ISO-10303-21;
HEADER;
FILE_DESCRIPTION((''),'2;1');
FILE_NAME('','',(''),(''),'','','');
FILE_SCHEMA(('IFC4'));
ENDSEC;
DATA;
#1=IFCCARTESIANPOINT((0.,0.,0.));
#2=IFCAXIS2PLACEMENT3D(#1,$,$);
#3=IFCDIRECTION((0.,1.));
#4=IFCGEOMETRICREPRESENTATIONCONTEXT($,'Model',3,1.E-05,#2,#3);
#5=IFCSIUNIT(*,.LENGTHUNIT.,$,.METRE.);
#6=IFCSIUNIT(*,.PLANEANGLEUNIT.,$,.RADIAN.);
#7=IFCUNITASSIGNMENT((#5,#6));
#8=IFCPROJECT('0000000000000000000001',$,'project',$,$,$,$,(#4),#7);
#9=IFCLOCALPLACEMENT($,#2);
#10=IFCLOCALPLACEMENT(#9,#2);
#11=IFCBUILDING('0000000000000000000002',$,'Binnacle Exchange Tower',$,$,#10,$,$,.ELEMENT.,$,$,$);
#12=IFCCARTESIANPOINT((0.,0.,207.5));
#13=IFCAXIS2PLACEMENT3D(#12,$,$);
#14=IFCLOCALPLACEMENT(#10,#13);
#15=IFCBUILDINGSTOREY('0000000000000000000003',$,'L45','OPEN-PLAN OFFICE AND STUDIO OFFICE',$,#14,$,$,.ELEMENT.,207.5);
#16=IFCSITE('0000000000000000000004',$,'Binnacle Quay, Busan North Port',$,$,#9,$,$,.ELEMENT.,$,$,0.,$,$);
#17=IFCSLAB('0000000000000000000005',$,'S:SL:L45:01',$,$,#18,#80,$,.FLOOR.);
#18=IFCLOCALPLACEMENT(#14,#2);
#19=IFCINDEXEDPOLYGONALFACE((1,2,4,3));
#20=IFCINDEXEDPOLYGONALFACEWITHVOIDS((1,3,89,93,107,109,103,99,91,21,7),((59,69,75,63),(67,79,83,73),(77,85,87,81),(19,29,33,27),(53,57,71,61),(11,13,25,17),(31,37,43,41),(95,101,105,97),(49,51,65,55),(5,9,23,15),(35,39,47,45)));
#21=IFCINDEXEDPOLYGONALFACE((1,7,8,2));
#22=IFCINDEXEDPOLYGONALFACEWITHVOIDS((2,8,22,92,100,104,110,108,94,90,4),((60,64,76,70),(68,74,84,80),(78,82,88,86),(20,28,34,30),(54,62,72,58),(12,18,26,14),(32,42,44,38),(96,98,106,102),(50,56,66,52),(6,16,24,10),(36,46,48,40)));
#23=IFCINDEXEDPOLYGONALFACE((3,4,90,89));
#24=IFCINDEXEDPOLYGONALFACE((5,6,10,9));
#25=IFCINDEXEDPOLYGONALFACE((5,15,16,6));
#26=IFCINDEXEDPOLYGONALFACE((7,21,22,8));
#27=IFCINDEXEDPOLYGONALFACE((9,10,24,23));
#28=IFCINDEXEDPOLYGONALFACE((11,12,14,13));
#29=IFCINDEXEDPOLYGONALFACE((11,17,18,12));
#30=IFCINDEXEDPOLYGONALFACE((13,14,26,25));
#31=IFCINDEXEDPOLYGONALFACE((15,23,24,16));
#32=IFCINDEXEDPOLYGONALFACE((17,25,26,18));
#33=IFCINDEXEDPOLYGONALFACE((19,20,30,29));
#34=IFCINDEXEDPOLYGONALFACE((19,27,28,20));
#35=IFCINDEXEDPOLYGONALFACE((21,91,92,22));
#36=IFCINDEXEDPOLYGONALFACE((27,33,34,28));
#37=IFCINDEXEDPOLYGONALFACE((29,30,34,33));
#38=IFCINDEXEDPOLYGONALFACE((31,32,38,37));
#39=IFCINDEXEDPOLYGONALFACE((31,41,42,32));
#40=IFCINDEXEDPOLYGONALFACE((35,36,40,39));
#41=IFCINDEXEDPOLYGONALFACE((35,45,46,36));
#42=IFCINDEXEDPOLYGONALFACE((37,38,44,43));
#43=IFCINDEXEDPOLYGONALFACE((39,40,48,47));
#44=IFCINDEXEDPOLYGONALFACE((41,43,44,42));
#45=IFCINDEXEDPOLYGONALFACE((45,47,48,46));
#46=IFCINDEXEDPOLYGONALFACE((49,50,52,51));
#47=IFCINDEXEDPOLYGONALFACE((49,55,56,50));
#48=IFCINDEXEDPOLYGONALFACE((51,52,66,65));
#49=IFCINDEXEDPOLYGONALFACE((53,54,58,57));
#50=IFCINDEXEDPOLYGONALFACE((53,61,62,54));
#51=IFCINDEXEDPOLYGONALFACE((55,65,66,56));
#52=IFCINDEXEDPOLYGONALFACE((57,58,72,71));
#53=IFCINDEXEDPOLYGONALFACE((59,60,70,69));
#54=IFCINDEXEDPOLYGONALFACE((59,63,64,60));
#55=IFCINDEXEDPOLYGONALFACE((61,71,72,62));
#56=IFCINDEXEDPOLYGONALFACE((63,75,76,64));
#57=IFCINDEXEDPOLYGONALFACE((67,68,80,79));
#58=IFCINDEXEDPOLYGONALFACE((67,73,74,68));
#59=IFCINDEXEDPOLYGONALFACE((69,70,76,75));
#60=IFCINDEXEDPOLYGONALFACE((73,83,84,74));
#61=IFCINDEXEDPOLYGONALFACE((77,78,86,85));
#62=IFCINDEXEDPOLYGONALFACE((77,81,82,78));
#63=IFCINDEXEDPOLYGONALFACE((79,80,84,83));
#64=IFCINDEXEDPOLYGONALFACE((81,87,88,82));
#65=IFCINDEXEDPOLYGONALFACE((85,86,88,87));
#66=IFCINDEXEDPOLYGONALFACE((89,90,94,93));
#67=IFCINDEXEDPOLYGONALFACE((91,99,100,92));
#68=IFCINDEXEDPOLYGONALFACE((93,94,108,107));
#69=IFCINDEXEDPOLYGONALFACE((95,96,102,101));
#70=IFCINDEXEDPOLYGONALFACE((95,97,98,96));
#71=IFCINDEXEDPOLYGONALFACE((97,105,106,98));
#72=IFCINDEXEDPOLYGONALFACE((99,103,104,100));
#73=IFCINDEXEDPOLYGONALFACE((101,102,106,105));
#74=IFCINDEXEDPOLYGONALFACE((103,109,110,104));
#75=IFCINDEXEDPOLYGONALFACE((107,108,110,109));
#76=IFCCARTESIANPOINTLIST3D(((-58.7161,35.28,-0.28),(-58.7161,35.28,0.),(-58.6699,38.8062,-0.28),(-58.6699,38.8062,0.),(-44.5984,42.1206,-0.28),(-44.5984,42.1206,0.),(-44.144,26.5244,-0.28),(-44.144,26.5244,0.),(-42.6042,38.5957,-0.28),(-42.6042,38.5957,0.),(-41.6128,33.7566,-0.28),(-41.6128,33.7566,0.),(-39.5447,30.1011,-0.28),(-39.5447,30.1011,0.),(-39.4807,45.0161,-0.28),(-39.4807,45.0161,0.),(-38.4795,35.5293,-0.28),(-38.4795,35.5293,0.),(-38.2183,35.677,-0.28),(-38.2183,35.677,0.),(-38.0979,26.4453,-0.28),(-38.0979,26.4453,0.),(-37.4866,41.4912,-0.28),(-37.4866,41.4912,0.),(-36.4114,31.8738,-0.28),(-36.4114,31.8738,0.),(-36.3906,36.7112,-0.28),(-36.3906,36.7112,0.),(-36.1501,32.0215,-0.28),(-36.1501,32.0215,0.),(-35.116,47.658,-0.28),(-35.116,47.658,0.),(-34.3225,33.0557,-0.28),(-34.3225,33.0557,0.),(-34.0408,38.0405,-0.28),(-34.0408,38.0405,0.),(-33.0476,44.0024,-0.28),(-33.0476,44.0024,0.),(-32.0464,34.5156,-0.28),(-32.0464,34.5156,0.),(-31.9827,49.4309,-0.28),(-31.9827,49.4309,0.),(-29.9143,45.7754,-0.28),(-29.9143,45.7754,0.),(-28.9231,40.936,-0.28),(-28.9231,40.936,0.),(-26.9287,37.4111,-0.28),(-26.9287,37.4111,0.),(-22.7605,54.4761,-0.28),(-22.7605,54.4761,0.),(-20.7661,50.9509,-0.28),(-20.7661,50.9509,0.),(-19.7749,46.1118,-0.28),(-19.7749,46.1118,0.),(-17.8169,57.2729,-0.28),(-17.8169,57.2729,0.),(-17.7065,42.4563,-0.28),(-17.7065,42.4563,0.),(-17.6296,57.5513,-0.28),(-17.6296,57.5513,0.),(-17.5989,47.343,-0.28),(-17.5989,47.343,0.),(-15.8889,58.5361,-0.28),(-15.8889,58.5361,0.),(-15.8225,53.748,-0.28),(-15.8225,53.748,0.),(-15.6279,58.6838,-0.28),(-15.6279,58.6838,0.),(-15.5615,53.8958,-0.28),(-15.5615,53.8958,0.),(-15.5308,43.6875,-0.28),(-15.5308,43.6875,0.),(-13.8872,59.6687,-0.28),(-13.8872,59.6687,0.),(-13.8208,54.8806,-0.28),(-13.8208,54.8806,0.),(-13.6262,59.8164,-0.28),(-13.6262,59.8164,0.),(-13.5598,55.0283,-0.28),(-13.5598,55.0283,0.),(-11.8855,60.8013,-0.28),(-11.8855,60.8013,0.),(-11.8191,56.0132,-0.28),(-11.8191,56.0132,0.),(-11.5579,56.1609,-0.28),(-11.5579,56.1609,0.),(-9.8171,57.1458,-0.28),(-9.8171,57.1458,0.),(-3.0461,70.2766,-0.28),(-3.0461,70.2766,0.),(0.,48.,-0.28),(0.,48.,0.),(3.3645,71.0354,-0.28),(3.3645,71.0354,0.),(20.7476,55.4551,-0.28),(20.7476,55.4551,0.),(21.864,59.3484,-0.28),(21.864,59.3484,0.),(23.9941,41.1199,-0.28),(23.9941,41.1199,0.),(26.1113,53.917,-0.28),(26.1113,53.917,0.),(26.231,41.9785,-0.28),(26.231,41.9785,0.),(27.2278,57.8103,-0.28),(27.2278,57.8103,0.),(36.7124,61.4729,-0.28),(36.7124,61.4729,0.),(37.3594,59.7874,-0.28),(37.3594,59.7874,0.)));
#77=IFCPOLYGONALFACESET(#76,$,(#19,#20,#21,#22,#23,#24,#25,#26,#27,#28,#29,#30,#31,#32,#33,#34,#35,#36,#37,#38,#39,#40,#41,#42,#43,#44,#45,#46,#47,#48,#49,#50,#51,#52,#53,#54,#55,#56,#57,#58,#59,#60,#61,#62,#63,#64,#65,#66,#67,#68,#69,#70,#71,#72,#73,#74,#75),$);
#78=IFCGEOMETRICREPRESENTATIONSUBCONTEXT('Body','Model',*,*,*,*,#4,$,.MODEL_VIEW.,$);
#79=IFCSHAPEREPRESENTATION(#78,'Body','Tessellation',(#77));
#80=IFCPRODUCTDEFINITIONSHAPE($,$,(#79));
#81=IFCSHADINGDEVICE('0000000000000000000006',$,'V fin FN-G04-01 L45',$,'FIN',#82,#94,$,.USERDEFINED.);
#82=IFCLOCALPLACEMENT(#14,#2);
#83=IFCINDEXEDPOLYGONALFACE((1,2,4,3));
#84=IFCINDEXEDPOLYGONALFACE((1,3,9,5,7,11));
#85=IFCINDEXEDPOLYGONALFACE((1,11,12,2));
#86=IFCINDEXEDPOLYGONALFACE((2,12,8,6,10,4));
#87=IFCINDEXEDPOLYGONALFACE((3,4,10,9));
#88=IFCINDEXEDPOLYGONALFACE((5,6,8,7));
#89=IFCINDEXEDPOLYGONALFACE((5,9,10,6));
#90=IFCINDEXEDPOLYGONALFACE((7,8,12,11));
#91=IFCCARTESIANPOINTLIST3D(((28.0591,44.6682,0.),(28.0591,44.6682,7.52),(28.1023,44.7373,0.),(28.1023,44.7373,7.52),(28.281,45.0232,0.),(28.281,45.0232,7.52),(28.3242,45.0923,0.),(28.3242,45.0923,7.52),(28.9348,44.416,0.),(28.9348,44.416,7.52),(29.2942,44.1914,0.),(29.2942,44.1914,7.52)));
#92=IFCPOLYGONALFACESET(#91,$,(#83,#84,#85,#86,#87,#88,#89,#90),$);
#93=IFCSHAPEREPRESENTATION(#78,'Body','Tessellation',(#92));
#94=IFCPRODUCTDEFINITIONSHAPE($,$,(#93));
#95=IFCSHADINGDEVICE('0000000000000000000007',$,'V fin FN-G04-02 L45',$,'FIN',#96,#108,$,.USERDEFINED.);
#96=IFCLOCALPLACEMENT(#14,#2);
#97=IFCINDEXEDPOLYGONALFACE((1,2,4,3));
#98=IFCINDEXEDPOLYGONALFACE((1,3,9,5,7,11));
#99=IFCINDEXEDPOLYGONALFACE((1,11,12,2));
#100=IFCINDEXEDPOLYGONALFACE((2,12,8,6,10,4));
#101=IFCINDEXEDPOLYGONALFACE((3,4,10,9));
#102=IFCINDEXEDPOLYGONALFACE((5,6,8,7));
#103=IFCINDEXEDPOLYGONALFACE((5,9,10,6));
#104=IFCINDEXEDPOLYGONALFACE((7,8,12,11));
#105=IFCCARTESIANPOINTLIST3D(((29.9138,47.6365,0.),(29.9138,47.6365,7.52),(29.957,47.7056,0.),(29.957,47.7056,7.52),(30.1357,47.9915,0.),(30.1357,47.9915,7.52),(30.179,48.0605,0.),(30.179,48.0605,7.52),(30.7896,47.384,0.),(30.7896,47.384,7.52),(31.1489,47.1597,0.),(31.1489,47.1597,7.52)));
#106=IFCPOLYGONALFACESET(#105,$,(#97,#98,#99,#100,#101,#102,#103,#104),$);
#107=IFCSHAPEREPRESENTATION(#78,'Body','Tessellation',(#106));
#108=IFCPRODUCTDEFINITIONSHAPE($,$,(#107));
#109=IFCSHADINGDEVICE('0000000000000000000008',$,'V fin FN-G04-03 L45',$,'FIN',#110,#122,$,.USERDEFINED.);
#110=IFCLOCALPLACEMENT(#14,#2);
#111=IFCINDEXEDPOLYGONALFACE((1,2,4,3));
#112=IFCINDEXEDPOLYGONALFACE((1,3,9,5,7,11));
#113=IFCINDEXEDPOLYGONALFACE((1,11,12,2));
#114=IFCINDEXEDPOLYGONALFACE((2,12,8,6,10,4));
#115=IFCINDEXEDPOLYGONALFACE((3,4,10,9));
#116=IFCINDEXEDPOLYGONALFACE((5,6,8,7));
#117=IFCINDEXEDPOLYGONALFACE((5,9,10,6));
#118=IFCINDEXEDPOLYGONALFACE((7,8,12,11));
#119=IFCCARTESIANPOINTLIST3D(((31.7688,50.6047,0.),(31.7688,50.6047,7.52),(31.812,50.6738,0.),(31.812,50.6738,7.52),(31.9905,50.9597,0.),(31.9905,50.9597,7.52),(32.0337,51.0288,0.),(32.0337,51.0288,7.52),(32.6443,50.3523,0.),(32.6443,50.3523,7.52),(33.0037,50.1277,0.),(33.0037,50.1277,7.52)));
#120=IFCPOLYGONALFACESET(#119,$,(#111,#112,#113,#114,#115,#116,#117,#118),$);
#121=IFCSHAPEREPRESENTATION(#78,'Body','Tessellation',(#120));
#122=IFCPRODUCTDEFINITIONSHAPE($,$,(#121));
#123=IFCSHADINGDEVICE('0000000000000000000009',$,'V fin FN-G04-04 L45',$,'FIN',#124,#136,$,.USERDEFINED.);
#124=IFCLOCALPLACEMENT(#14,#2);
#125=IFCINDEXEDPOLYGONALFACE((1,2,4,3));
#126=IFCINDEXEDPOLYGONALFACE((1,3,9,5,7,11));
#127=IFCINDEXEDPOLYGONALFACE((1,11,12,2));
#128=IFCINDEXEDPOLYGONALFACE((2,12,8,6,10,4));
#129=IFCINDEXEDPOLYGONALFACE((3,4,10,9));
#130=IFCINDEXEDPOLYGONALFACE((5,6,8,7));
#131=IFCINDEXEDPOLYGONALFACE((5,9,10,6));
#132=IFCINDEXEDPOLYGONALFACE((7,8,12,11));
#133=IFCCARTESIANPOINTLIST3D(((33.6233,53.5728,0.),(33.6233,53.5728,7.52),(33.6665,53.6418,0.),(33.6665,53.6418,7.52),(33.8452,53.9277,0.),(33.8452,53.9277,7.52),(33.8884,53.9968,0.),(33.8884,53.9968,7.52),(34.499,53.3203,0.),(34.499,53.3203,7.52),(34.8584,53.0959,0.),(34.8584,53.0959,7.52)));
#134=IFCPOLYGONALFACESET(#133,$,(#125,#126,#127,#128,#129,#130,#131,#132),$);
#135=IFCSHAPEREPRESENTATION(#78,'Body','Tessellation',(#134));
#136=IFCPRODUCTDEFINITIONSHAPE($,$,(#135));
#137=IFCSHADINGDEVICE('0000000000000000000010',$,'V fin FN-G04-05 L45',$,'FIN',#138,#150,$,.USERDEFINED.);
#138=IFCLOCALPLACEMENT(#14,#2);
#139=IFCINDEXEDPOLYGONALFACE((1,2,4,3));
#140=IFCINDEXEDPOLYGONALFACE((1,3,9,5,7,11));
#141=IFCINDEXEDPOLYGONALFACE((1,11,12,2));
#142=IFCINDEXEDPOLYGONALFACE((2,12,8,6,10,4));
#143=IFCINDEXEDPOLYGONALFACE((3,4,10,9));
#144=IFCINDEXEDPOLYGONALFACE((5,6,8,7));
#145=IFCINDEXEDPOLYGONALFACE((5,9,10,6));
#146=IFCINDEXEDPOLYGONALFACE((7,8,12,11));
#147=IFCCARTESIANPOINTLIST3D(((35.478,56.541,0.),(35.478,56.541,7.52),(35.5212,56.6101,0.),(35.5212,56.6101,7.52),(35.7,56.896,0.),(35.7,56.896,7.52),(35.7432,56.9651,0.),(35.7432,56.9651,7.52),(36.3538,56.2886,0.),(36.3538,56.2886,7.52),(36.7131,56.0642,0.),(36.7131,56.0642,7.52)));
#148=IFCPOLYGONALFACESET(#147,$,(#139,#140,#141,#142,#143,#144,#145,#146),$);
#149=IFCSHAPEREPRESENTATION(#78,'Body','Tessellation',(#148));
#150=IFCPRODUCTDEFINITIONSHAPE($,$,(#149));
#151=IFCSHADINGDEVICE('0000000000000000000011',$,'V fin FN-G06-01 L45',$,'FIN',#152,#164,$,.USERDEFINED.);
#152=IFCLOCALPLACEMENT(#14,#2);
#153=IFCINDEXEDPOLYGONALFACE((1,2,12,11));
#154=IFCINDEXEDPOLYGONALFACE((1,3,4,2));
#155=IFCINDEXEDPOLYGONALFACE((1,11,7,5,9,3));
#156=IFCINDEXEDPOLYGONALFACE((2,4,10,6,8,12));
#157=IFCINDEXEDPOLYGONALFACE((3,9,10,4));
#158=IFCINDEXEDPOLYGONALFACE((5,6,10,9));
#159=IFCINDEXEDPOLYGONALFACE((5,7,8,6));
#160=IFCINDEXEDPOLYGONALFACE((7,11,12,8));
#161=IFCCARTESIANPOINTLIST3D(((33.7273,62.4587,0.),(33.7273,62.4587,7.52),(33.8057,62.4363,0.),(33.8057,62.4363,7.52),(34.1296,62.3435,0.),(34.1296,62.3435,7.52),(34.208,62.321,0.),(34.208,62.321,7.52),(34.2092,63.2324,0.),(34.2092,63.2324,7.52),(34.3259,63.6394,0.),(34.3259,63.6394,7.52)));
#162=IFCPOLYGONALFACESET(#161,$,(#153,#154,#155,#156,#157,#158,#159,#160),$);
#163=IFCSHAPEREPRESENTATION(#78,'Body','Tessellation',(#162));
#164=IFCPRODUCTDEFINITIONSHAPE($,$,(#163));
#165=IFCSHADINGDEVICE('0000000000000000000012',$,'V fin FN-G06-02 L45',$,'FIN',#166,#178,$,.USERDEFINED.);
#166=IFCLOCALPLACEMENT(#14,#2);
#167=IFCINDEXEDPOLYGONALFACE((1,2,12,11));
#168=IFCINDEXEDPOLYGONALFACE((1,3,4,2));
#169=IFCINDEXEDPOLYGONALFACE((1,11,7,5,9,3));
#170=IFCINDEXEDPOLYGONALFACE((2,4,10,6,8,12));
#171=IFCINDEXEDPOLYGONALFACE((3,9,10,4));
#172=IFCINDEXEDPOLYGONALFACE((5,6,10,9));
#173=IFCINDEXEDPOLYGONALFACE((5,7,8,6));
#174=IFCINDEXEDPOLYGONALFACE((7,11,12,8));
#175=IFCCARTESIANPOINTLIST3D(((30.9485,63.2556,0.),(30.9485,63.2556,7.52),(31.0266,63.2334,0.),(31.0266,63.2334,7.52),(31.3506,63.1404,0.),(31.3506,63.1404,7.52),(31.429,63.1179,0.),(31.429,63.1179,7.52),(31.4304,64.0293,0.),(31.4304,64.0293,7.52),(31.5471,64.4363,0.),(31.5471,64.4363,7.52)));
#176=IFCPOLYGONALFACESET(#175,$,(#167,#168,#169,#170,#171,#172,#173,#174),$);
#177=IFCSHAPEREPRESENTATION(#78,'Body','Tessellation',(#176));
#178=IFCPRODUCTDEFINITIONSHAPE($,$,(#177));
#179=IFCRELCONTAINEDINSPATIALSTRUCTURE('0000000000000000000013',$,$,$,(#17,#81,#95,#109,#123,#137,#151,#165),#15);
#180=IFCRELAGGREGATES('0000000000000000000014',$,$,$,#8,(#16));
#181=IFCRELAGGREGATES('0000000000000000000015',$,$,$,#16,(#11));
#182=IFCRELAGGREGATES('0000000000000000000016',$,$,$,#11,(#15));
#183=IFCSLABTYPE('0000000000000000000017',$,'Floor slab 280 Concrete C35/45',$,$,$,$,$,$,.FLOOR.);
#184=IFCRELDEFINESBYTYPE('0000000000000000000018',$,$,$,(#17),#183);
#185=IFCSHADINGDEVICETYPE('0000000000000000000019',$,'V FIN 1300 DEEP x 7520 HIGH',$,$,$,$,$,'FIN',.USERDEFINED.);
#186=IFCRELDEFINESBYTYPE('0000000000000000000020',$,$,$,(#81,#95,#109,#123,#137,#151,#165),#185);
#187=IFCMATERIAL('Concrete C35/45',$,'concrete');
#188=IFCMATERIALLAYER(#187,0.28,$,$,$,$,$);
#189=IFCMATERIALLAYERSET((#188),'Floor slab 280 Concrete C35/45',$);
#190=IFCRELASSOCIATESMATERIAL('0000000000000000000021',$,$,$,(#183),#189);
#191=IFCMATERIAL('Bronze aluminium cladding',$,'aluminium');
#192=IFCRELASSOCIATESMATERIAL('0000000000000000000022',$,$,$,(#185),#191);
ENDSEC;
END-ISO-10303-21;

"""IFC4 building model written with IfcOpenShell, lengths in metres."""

from ifc_helpers import new_model, si_unit, direction, frame, origin, place, context, subcontext, project, spatial, polyline, outline, extrude, material, layer, layer_set, type_object, element, save


model = new_model("IFC4")

# Units and contexts
model_context = context("Model", 3, precision=1e-05, world=origin(), true_north=direction((0.0, 1.0)))
body_context = subcontext(model_context, "Body", "Model", "MODEL_VIEW")
ifc_project = project(units=[si_unit("LENGTHUNIT", "METRE"), si_unit("PLANEANGLEUNIT", "RADIAN")], contexts=[model_context])

# Site, building, storey
site_placement = place(None, origin())
site = spatial("IfcSite", under=ifc_project, at=site_placement, Name="Binnacle Quay, Busan North Port", CompositionType="ELEMENT", RefElevation=0.0)
building_placement = place(site_placement, origin())
building = spatial("IfcBuilding", under=site, at=building_placement, Name="Binnacle Exchange Tower", CompositionType="ELEMENT")
storey_placement = place(building_placement, frame((0.0, 0.0, 207.5)))
storey = spatial("IfcBuildingStorey", under=building, at=storey_placement, Name="L45", Description="OPEN-PLAN OFFICE AND STUDIO OFFICE", CompositionType="ELEMENT", Elevation=207.5)

# Slab
ifc_material_1 = material(Name="Concrete C35/45", Category="concrete")
ifc_layer = layer(ifc_material_1, 0.28)
ifc_layer_set = layer_set([ifc_layer], Name="Floor slab 280 Concrete C35/45")
slab_type = type_object("IfcSlabType", Name="Floor slab 280 Concrete C35/45", PredefinedType="FLOOR", material=ifc_layer_set)
slab_placement = place(storey_placement, frame((0.0, 0.0, -0.28)))
element("IfcSlab", 1, at=slab_placement, inside=storey, type_object=slab_type, Name="S:SL:L45:01", PredefinedType="FLOOR", context=body_context, shape_type="SweptSolid", body=[
    extrude(outline(polyline([(-58.7161, 35.28), (-58.6699, 38.8062), (-3.0461, 70.2766), (3.3645, 71.0354), (36.7124, 61.4729), (37.3594, 59.7874), (26.231, 41.9785), (23.9941, 41.1199), (0.0, 48.0), (-38.0979, 26.4453), (-44.144, 26.5244), (-58.7161, 35.28)]), holes=[polyline([(-38.4795, 35.5293), (-41.6128, 33.7566), (-39.5447, 30.1011), (-36.4114, 31.8738), (-38.4795, 35.5293)]), polyline([(-36.3906, 36.7112), (-38.2183, 35.677), (-36.1501, 32.0215), (-34.3225, 33.0557), (-36.3906, 36.7112)]), polyline([(-32.0464, 34.5156), (-26.9287, 37.4111), (-28.9231, 40.936), (-34.0408, 38.0405), (-32.0464, 34.5156)]), polyline([(-37.4866, 41.4912), (-39.4807, 45.0161), (-44.5984, 42.1206), (-42.6042, 38.5957), (-37.4866, 41.4912)]), polyline([(-29.9143, 45.7754), (-31.9827, 49.4309), (-35.116, 47.658), (-33.0476, 44.0024), (-29.9143, 45.7754)]), polyline([(-17.8169, 57.2729), (-22.7605, 54.4761), (-20.7661, 50.9509), (-15.8225, 53.748), (-17.8169, 57.2729)]), polyline([(-15.5308, 43.6875), (-17.5989, 47.343), (-19.7749, 46.1118), (-17.7065, 42.4563), (-15.5308, 43.6875)]), polyline([(-13.8208, 54.8806), (-15.8889, 58.5361), (-17.6296, 57.5513), (-15.5615, 53.8958), (-13.8208, 54.8806)]), polyline([(27.2278, 57.8103), (21.864, 59.3484), (20.7476, 55.4551), (26.1113, 53.917), (27.2278, 57.8103)]), polyline([(-11.8191, 56.0132), (-13.8872, 59.6687), (-15.6279, 58.6838), (-13.5598, 55.0283), (-11.8191, 56.0132)]), polyline([(-9.8171, 57.1458), (-11.8855, 60.8013), (-13.6262, 59.8164), (-11.5579, 56.1609), (-9.8171, 57.1458)])]), origin(), (0.0, 0.0, 1.0), 0.28),
])

# Shading devices
ifc_material_2 = material(Name="Bronze aluminium cladding", Category="aluminium")
shading_device_type = type_object("IfcShadingDeviceType", Name="V FIN 1300 DEEP x 7520 HIGH", ElementType="FIN", PredefinedType="USERDEFINED", material=ifc_material_2)
shading_device_1_placement = place(storey_placement, origin())
element("IfcShadingDevice", 2, at=shading_device_1_placement, inside=storey, type_object=shading_device_type, Name="V fin FN-G04-01 L45", ObjectType="FIN", PredefinedType="USERDEFINED", context=body_context, shape_type="SweptSolid", body=[
    extrude(outline(polyline([(28.0591, 44.6682), (29.2942, 44.1914), (28.3242, 45.0923), (28.281, 45.0232), (28.9348, 44.416), (28.1023, 44.7373), (28.0591, 44.6682)])), origin(), (0.0, 0.0, 1.0), 7.52),
])
shading_device_2_placement = place(storey_placement, origin())
element("IfcShadingDevice", 3, at=shading_device_2_placement, inside=storey, type_object=shading_device_type, Name="V fin FN-G04-02 L45", ObjectType="FIN", PredefinedType="USERDEFINED", context=body_context, shape_type="SweptSolid", body=[
    extrude(outline(polyline([(29.9138, 47.6365), (31.1489, 47.1597), (30.179, 48.0605), (30.1357, 47.9915), (30.7896, 47.384), (29.957, 47.7056), (29.9138, 47.6365)])), origin(), (0.0, 0.0, 1.0), 7.52),
])
shading_device_3_placement = place(storey_placement, origin())
element("IfcShadingDevice", 4, at=shading_device_3_placement, inside=storey, type_object=shading_device_type, Name="V fin FN-G04-03 L45", ObjectType="FIN", PredefinedType="USERDEFINED", context=body_context, shape_type="SweptSolid", body=[
    extrude(outline(polyline([(31.7688, 50.6047), (33.0037, 50.1277), (32.0337, 51.0288), (31.9905, 50.9597), (32.6443, 50.3523), (31.812, 50.6738), (31.7688, 50.6047)])), origin(), (0.0, 0.0, 1.0), 7.52),
])
shading_device_4_placement = place(storey_placement, origin())
element("IfcShadingDevice", 5, at=shading_device_4_placement, inside=storey, type_object=shading_device_type, Name="V fin FN-G04-04 L45", ObjectType="FIN", PredefinedType="USERDEFINED", context=body_context, shape_type="SweptSolid", body=[
    extrude(outline(polyline([(33.6233, 53.5728), (34.8584, 53.0959), (33.8884, 53.9968), (33.8452, 53.9277), (34.499, 53.3203), (33.6665, 53.6418), (33.6233, 53.5728)])), origin(), (0.0, 0.0, 1.0), 7.52),
])
shading_device_5_placement = place(storey_placement, origin())
element("IfcShadingDevice", 6, at=shading_device_5_placement, inside=storey, type_object=shading_device_type, Name="V fin FN-G04-05 L45", ObjectType="FIN", PredefinedType="USERDEFINED", context=body_context, shape_type="SweptSolid", body=[
    extrude(outline(polyline([(35.478, 56.541), (36.7131, 56.0642), (35.7432, 56.9651), (35.7, 56.896), (36.3538, 56.2886), (35.5212, 56.6101), (35.478, 56.541)])), origin(), (0.0, 0.0, 1.0), 7.52),
])
shading_device_6_placement = place(storey_placement, origin())
element("IfcShadingDevice", 7, at=shading_device_6_placement, inside=storey, type_object=shading_device_type, Name="V fin FN-G06-01 L45", ObjectType="FIN", PredefinedType="USERDEFINED", context=body_context, shape_type="SweptSolid", body=[
    extrude(outline(polyline([(34.208, 62.321), (34.3259, 63.6394), (33.7273, 62.4587), (33.8057, 62.4363), (34.2092, 63.2324), (34.1296, 62.3435), (34.208, 62.321)])), origin(), (0.0, 0.0, 1.0), 7.52),
])
shading_device_7_placement = place(storey_placement, origin())
element("IfcShadingDevice", 8, at=shading_device_7_placement, inside=storey, type_object=shading_device_type, Name="V fin FN-G06-02 L45", ObjectType="FIN", PredefinedType="USERDEFINED", context=body_context, shape_type="SweptSolid", body=[
    extrude(outline(polyline([(31.429, 63.1179), (31.5471, 64.4363), (30.9485, 63.2556), (31.0266, 63.2334), (31.4304, 64.0293), (31.3506, 63.1404), (31.429, 63.1179)])), origin(), (0.0, 0.0, 1.0), 7.52),
])

save(model, "model.ifc")
